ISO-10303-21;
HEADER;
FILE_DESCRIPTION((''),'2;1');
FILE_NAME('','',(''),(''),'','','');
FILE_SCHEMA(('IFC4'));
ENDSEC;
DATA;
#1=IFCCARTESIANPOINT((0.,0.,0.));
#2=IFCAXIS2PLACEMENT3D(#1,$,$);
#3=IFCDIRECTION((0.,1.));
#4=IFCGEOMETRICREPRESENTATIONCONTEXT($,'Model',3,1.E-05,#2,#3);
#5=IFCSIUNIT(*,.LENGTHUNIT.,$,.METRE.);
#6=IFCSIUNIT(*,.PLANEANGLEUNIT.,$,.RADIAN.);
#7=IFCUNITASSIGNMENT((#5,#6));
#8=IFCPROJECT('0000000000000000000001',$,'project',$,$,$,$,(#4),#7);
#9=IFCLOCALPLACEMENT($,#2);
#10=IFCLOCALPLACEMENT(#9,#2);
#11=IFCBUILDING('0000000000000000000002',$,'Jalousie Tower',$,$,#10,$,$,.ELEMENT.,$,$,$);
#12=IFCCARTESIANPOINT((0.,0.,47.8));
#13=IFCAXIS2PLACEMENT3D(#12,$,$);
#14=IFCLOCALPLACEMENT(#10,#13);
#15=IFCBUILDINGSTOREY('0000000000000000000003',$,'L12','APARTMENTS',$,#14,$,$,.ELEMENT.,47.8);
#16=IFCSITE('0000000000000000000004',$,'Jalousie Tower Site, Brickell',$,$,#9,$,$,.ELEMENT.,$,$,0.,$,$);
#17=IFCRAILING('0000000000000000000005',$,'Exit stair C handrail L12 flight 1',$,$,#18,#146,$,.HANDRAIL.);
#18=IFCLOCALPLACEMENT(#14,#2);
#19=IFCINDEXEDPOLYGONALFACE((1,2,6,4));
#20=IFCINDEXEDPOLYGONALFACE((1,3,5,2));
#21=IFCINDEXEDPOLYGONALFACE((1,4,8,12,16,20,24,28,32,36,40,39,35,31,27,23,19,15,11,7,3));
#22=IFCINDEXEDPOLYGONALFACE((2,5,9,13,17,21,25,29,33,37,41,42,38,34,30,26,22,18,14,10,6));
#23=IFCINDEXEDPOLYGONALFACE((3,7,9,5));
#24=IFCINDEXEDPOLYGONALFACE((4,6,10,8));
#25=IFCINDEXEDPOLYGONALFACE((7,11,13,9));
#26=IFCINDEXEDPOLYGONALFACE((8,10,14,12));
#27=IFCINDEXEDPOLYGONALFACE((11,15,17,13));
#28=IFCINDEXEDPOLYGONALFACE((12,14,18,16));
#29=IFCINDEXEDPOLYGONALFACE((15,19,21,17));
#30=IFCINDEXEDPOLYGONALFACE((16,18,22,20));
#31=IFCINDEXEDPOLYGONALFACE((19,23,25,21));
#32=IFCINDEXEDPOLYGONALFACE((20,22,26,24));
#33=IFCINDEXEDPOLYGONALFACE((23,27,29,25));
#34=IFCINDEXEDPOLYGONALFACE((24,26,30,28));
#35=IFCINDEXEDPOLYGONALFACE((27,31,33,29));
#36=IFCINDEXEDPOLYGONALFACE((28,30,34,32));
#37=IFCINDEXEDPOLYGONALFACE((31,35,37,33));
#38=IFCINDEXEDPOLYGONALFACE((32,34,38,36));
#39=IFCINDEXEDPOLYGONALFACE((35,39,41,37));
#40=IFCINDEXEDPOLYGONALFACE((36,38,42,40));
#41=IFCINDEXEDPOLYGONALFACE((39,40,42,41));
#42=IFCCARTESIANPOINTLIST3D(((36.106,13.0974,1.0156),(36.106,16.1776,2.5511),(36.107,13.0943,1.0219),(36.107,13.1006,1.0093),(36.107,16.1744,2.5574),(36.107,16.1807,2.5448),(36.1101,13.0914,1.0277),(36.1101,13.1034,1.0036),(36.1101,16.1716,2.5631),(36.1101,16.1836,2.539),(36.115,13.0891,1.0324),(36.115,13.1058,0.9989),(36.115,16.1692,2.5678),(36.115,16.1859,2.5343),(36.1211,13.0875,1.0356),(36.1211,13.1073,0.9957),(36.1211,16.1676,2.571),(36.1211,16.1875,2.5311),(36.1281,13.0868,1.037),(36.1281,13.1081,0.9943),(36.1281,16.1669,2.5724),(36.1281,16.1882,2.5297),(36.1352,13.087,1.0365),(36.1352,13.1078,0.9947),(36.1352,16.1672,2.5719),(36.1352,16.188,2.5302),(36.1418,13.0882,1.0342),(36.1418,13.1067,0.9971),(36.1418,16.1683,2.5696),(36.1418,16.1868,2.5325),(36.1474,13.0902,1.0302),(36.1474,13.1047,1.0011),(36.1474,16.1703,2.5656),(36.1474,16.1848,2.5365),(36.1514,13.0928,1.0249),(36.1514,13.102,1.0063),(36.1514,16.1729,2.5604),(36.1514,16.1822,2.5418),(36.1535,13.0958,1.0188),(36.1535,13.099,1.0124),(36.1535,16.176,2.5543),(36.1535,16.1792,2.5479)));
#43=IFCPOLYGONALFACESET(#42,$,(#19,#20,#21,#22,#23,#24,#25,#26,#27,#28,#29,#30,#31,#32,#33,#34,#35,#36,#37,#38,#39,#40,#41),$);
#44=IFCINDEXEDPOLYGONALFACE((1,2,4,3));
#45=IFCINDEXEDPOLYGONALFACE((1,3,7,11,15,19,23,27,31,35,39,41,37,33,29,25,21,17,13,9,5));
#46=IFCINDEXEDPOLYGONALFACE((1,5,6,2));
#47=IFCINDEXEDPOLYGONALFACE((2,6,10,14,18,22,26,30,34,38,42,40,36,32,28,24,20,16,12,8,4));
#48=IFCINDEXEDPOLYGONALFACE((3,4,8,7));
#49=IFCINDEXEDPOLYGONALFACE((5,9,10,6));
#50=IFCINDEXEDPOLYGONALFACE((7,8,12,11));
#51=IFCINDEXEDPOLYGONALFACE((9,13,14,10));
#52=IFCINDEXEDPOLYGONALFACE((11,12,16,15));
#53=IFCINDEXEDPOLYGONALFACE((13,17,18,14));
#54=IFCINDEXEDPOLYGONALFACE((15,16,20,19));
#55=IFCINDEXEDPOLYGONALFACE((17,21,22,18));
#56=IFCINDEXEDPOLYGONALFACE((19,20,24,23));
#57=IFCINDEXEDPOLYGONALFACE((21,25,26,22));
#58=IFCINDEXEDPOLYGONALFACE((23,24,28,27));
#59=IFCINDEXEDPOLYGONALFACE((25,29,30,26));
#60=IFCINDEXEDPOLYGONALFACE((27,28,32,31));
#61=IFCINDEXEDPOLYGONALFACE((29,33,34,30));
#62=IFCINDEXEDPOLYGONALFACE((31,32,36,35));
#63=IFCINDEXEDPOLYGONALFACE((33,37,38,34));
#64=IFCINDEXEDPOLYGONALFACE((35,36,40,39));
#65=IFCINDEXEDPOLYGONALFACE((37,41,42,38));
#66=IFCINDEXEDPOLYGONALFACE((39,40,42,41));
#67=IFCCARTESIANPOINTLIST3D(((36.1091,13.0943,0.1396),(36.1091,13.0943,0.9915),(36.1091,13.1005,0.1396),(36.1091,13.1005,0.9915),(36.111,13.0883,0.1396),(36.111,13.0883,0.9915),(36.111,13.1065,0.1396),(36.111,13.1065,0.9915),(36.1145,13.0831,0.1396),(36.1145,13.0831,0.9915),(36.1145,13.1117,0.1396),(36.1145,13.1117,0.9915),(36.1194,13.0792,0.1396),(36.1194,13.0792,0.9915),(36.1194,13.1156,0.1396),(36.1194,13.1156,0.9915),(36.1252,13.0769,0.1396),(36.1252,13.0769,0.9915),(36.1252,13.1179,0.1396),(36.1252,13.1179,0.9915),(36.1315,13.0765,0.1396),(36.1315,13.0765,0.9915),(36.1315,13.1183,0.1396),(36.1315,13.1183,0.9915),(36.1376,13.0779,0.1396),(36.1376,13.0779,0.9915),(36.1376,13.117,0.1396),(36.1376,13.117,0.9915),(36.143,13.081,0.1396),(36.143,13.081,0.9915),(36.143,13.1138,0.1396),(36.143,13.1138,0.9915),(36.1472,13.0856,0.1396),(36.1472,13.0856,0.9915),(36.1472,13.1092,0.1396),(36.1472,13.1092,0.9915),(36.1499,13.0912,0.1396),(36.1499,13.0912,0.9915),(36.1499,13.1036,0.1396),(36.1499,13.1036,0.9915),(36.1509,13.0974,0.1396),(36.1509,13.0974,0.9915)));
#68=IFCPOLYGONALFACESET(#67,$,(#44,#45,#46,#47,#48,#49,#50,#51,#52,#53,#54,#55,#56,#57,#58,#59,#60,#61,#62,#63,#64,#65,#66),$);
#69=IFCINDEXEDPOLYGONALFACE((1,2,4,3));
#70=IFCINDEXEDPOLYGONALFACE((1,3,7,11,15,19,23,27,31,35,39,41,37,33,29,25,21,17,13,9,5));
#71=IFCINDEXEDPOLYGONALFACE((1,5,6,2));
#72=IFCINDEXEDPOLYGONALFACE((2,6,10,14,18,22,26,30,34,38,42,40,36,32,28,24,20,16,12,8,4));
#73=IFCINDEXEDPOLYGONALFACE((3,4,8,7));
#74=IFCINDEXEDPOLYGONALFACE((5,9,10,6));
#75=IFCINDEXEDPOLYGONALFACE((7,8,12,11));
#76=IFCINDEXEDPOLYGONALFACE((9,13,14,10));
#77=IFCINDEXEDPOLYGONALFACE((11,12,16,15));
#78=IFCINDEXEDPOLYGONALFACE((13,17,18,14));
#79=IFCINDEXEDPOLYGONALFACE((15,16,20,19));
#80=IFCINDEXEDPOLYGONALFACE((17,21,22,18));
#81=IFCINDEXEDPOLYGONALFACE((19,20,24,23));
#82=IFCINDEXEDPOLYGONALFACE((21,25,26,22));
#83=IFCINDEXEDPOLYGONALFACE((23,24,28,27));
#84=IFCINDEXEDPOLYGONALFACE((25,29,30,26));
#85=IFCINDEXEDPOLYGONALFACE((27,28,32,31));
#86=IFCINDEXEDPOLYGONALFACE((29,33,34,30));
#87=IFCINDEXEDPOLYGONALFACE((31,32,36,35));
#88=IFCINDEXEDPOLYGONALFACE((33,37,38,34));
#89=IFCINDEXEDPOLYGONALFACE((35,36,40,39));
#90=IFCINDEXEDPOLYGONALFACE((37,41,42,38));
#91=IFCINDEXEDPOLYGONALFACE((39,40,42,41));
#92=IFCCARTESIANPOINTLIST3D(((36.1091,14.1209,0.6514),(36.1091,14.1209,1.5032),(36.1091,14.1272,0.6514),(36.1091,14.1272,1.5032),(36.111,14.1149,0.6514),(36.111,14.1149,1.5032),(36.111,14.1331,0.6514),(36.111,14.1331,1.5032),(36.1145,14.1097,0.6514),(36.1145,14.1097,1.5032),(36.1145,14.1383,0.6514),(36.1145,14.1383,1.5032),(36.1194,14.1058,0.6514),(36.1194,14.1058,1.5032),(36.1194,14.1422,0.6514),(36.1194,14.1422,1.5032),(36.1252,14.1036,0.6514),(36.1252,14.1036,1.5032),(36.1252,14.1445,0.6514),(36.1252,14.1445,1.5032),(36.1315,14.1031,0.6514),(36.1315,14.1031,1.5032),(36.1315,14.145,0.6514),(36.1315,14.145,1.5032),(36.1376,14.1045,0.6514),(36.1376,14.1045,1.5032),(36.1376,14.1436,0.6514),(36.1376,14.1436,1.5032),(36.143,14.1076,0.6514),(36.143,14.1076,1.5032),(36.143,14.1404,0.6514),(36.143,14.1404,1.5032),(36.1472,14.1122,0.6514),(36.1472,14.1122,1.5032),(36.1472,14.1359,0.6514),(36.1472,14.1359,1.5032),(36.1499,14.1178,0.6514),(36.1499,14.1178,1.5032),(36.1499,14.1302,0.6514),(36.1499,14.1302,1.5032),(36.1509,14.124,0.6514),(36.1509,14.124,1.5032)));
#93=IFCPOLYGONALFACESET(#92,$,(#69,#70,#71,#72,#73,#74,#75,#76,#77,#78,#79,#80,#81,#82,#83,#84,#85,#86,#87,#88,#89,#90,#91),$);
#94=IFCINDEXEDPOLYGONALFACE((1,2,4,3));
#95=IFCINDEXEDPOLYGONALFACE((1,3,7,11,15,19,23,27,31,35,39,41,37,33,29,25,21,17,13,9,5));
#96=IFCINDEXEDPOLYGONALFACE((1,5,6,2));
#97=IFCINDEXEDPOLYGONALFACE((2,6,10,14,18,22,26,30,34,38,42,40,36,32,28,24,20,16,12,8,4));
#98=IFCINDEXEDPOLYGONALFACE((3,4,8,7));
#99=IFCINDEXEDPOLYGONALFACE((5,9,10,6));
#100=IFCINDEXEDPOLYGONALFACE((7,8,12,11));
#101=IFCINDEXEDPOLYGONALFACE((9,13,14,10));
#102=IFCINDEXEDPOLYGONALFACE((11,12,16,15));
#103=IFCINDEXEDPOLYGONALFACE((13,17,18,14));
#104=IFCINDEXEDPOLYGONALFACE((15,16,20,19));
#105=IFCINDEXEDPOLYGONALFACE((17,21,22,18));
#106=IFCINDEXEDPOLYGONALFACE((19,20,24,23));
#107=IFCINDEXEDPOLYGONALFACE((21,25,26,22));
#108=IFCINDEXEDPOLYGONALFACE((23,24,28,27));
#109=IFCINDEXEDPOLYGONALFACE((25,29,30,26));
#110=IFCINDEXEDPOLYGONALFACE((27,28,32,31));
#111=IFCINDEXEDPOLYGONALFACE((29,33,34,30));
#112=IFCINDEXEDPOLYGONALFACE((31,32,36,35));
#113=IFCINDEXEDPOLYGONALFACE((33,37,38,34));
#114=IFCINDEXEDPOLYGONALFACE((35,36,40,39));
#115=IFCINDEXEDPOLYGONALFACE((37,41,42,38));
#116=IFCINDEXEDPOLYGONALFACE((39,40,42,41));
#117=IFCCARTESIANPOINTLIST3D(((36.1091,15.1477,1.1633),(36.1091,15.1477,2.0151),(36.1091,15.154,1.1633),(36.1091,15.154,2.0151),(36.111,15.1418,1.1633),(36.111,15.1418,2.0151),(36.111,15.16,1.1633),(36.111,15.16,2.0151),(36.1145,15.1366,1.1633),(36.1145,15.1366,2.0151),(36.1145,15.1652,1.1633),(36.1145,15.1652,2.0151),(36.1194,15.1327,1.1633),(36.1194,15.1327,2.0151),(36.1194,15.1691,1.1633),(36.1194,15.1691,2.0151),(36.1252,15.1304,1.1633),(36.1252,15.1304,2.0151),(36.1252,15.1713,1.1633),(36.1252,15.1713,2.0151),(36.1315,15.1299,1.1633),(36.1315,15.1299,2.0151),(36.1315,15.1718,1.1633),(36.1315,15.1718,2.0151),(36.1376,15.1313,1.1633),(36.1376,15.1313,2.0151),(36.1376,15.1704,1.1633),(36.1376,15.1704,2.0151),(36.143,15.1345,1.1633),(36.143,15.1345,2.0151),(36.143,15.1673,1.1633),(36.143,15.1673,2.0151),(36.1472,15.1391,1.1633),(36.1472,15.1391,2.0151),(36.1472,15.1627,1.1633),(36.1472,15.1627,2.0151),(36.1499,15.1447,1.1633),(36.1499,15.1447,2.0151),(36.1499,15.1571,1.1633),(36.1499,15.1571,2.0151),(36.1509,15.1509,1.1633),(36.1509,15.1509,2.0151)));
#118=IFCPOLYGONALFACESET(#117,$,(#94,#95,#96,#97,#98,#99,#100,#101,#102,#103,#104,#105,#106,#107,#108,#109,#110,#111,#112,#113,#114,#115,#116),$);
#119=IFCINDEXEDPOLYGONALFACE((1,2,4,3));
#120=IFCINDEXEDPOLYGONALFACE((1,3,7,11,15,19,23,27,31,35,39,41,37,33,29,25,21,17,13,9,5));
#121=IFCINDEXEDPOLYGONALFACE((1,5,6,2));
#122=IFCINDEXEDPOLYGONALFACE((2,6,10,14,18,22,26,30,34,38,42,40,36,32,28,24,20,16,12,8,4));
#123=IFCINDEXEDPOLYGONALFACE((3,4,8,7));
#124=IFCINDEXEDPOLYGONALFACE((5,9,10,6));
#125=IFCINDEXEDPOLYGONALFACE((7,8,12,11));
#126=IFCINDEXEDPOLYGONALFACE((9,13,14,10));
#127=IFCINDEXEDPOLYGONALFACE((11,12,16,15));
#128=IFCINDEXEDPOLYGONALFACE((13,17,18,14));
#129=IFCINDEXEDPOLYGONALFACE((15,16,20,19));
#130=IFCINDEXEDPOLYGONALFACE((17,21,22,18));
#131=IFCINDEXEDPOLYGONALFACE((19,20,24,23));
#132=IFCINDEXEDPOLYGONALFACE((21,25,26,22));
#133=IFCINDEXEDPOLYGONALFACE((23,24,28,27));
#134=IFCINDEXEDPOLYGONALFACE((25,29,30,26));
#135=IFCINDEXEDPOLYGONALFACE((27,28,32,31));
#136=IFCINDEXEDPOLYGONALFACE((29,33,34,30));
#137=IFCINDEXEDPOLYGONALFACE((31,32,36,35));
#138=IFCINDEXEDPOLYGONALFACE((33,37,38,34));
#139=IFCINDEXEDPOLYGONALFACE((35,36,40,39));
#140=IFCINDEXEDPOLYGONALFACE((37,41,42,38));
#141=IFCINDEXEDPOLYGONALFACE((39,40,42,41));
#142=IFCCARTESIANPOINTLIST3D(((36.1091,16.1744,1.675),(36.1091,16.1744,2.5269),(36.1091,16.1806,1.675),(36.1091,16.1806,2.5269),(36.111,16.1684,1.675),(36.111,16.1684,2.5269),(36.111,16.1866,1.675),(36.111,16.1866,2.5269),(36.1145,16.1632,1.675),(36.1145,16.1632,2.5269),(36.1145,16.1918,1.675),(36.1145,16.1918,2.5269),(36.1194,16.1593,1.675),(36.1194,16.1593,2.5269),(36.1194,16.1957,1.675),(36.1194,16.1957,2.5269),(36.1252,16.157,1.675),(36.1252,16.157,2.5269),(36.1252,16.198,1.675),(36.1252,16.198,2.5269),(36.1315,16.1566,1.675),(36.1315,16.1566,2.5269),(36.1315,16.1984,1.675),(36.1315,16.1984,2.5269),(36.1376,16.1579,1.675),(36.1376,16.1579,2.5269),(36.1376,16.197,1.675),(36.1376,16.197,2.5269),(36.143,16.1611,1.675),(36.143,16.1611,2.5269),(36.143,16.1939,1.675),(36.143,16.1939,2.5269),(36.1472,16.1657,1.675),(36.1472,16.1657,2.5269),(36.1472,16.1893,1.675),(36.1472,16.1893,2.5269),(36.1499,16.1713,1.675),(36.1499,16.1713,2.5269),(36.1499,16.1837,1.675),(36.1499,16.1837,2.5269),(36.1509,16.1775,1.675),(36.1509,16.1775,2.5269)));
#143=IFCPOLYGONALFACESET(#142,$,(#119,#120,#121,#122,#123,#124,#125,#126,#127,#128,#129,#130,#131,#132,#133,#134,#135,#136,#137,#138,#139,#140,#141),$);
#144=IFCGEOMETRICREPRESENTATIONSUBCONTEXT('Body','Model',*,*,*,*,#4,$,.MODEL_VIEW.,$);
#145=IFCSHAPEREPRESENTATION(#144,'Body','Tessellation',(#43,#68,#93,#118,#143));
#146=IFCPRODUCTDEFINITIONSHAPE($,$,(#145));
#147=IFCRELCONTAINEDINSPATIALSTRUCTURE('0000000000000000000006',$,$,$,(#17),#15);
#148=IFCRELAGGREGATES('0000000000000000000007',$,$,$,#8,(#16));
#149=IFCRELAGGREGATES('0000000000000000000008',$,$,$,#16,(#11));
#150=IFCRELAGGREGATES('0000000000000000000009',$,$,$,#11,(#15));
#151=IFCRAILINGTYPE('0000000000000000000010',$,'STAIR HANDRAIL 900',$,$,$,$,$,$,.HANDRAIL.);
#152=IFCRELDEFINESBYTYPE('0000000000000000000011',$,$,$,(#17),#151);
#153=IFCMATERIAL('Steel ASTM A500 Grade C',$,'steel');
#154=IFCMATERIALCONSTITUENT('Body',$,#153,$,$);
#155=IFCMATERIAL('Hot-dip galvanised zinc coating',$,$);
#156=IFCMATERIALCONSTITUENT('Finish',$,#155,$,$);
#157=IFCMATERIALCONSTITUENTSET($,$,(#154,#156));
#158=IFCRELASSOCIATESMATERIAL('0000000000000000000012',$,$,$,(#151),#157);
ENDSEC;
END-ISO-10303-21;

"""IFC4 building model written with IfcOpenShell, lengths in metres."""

from ifc_helpers import new_model, si_unit, direction, frame, origin, origin_2d, place, context, subcontext, project, spatial, circle, extrude, material, constituent, constituent_set, type_object, element, save


model = new_model("IFC4")

# Units and contexts
model_context = context("Model", 3, precision=1e-05, world=origin(), true_north=direction((0.0, 1.0)))
body_context = subcontext(model_context, "Body", "Model", "MODEL_VIEW")
ifc_project = project(units=[si_unit("LENGTHUNIT", "METRE"), si_unit("PLANEANGLEUNIT", "RADIAN")], contexts=[model_context])

# Site, building, storey
site_placement = place(None, origin())
site = spatial("IfcSite", under=ifc_project, at=site_placement, Name="Jalousie Tower Site, Brickell", CompositionType="ELEMENT", RefElevation=0.0)
building_placement = place(site_placement, origin())
building = spatial("IfcBuilding", under=site, at=building_placement, Name="Jalousie Tower", CompositionType="ELEMENT")
storey_placement = place(building_placement, frame((0.0, 0.0, 47.8)))
storey = spatial("IfcBuildingStorey", under=building, at=storey_placement, Name="L12", Description="APARTMENTS", CompositionType="ELEMENT", Elevation=47.8)

# Railing
ifc_material_1 = material(Name="Steel ASTM A500 Grade C", Category="steel")
ifc_constituent_1 = constituent(ifc_material_1, Name="Body")
ifc_material_2 = material(Name="Hot-dip galvanised zinc coating")
ifc_constituent_2 = constituent(ifc_material_2, Name="Finish")
ifc_constituent_set_1 = constituent_set(constituents=[ifc_constituent_1, ifc_constituent_2])
railing_type_1 = type_object("IfcRailingType", Name="STAIR HANDRAIL 900", PredefinedType="HANDRAIL", material=ifc_constituent_set_1)
railing_1_placement = place(storey_placement, frame((36.1299, 13.0974, 0.1396)))
element("IfcRailing", 1, at=railing_1_placement, inside=storey, type_object=railing_type_1, Name="Exit stair C handrail L12 flight 1", PredefinedType="HANDRAIL", context=body_context, shape_type="SweptSolid", body=[
    extrude(circle(Radius=0.0239, at=origin_2d()), frame((0.0, 0.0, 0.876), z_axis=(0.0, 0.894966, 0.446135), x_axis=(-1.0, 0.0, 0.0)), (0.0, 0.0, 1.0), 3.4417),
    extrude(circle(Radius=0.021, at=origin_2d()), origin(), (0.0, 0.0, 1.0), 0.8518),
    extrude(circle(Radius=0.021, at=origin_2d()), frame((0.0, 1.0266, 0.5117)), (0.0, 0.0, 1.0), 0.8518),
    extrude(circle(Radius=0.021, at=origin_2d()), frame((0.0, 2.0535, 1.0237)), (0.0, 0.0, 1.0), 0.8518),
    extrude(circle(Radius=0.021, at=origin_2d()), frame((0.0, 3.0801, 1.5354)), (0.0, 0.0, 1.0), 0.8518),
])

save(model, "model.ifc")
